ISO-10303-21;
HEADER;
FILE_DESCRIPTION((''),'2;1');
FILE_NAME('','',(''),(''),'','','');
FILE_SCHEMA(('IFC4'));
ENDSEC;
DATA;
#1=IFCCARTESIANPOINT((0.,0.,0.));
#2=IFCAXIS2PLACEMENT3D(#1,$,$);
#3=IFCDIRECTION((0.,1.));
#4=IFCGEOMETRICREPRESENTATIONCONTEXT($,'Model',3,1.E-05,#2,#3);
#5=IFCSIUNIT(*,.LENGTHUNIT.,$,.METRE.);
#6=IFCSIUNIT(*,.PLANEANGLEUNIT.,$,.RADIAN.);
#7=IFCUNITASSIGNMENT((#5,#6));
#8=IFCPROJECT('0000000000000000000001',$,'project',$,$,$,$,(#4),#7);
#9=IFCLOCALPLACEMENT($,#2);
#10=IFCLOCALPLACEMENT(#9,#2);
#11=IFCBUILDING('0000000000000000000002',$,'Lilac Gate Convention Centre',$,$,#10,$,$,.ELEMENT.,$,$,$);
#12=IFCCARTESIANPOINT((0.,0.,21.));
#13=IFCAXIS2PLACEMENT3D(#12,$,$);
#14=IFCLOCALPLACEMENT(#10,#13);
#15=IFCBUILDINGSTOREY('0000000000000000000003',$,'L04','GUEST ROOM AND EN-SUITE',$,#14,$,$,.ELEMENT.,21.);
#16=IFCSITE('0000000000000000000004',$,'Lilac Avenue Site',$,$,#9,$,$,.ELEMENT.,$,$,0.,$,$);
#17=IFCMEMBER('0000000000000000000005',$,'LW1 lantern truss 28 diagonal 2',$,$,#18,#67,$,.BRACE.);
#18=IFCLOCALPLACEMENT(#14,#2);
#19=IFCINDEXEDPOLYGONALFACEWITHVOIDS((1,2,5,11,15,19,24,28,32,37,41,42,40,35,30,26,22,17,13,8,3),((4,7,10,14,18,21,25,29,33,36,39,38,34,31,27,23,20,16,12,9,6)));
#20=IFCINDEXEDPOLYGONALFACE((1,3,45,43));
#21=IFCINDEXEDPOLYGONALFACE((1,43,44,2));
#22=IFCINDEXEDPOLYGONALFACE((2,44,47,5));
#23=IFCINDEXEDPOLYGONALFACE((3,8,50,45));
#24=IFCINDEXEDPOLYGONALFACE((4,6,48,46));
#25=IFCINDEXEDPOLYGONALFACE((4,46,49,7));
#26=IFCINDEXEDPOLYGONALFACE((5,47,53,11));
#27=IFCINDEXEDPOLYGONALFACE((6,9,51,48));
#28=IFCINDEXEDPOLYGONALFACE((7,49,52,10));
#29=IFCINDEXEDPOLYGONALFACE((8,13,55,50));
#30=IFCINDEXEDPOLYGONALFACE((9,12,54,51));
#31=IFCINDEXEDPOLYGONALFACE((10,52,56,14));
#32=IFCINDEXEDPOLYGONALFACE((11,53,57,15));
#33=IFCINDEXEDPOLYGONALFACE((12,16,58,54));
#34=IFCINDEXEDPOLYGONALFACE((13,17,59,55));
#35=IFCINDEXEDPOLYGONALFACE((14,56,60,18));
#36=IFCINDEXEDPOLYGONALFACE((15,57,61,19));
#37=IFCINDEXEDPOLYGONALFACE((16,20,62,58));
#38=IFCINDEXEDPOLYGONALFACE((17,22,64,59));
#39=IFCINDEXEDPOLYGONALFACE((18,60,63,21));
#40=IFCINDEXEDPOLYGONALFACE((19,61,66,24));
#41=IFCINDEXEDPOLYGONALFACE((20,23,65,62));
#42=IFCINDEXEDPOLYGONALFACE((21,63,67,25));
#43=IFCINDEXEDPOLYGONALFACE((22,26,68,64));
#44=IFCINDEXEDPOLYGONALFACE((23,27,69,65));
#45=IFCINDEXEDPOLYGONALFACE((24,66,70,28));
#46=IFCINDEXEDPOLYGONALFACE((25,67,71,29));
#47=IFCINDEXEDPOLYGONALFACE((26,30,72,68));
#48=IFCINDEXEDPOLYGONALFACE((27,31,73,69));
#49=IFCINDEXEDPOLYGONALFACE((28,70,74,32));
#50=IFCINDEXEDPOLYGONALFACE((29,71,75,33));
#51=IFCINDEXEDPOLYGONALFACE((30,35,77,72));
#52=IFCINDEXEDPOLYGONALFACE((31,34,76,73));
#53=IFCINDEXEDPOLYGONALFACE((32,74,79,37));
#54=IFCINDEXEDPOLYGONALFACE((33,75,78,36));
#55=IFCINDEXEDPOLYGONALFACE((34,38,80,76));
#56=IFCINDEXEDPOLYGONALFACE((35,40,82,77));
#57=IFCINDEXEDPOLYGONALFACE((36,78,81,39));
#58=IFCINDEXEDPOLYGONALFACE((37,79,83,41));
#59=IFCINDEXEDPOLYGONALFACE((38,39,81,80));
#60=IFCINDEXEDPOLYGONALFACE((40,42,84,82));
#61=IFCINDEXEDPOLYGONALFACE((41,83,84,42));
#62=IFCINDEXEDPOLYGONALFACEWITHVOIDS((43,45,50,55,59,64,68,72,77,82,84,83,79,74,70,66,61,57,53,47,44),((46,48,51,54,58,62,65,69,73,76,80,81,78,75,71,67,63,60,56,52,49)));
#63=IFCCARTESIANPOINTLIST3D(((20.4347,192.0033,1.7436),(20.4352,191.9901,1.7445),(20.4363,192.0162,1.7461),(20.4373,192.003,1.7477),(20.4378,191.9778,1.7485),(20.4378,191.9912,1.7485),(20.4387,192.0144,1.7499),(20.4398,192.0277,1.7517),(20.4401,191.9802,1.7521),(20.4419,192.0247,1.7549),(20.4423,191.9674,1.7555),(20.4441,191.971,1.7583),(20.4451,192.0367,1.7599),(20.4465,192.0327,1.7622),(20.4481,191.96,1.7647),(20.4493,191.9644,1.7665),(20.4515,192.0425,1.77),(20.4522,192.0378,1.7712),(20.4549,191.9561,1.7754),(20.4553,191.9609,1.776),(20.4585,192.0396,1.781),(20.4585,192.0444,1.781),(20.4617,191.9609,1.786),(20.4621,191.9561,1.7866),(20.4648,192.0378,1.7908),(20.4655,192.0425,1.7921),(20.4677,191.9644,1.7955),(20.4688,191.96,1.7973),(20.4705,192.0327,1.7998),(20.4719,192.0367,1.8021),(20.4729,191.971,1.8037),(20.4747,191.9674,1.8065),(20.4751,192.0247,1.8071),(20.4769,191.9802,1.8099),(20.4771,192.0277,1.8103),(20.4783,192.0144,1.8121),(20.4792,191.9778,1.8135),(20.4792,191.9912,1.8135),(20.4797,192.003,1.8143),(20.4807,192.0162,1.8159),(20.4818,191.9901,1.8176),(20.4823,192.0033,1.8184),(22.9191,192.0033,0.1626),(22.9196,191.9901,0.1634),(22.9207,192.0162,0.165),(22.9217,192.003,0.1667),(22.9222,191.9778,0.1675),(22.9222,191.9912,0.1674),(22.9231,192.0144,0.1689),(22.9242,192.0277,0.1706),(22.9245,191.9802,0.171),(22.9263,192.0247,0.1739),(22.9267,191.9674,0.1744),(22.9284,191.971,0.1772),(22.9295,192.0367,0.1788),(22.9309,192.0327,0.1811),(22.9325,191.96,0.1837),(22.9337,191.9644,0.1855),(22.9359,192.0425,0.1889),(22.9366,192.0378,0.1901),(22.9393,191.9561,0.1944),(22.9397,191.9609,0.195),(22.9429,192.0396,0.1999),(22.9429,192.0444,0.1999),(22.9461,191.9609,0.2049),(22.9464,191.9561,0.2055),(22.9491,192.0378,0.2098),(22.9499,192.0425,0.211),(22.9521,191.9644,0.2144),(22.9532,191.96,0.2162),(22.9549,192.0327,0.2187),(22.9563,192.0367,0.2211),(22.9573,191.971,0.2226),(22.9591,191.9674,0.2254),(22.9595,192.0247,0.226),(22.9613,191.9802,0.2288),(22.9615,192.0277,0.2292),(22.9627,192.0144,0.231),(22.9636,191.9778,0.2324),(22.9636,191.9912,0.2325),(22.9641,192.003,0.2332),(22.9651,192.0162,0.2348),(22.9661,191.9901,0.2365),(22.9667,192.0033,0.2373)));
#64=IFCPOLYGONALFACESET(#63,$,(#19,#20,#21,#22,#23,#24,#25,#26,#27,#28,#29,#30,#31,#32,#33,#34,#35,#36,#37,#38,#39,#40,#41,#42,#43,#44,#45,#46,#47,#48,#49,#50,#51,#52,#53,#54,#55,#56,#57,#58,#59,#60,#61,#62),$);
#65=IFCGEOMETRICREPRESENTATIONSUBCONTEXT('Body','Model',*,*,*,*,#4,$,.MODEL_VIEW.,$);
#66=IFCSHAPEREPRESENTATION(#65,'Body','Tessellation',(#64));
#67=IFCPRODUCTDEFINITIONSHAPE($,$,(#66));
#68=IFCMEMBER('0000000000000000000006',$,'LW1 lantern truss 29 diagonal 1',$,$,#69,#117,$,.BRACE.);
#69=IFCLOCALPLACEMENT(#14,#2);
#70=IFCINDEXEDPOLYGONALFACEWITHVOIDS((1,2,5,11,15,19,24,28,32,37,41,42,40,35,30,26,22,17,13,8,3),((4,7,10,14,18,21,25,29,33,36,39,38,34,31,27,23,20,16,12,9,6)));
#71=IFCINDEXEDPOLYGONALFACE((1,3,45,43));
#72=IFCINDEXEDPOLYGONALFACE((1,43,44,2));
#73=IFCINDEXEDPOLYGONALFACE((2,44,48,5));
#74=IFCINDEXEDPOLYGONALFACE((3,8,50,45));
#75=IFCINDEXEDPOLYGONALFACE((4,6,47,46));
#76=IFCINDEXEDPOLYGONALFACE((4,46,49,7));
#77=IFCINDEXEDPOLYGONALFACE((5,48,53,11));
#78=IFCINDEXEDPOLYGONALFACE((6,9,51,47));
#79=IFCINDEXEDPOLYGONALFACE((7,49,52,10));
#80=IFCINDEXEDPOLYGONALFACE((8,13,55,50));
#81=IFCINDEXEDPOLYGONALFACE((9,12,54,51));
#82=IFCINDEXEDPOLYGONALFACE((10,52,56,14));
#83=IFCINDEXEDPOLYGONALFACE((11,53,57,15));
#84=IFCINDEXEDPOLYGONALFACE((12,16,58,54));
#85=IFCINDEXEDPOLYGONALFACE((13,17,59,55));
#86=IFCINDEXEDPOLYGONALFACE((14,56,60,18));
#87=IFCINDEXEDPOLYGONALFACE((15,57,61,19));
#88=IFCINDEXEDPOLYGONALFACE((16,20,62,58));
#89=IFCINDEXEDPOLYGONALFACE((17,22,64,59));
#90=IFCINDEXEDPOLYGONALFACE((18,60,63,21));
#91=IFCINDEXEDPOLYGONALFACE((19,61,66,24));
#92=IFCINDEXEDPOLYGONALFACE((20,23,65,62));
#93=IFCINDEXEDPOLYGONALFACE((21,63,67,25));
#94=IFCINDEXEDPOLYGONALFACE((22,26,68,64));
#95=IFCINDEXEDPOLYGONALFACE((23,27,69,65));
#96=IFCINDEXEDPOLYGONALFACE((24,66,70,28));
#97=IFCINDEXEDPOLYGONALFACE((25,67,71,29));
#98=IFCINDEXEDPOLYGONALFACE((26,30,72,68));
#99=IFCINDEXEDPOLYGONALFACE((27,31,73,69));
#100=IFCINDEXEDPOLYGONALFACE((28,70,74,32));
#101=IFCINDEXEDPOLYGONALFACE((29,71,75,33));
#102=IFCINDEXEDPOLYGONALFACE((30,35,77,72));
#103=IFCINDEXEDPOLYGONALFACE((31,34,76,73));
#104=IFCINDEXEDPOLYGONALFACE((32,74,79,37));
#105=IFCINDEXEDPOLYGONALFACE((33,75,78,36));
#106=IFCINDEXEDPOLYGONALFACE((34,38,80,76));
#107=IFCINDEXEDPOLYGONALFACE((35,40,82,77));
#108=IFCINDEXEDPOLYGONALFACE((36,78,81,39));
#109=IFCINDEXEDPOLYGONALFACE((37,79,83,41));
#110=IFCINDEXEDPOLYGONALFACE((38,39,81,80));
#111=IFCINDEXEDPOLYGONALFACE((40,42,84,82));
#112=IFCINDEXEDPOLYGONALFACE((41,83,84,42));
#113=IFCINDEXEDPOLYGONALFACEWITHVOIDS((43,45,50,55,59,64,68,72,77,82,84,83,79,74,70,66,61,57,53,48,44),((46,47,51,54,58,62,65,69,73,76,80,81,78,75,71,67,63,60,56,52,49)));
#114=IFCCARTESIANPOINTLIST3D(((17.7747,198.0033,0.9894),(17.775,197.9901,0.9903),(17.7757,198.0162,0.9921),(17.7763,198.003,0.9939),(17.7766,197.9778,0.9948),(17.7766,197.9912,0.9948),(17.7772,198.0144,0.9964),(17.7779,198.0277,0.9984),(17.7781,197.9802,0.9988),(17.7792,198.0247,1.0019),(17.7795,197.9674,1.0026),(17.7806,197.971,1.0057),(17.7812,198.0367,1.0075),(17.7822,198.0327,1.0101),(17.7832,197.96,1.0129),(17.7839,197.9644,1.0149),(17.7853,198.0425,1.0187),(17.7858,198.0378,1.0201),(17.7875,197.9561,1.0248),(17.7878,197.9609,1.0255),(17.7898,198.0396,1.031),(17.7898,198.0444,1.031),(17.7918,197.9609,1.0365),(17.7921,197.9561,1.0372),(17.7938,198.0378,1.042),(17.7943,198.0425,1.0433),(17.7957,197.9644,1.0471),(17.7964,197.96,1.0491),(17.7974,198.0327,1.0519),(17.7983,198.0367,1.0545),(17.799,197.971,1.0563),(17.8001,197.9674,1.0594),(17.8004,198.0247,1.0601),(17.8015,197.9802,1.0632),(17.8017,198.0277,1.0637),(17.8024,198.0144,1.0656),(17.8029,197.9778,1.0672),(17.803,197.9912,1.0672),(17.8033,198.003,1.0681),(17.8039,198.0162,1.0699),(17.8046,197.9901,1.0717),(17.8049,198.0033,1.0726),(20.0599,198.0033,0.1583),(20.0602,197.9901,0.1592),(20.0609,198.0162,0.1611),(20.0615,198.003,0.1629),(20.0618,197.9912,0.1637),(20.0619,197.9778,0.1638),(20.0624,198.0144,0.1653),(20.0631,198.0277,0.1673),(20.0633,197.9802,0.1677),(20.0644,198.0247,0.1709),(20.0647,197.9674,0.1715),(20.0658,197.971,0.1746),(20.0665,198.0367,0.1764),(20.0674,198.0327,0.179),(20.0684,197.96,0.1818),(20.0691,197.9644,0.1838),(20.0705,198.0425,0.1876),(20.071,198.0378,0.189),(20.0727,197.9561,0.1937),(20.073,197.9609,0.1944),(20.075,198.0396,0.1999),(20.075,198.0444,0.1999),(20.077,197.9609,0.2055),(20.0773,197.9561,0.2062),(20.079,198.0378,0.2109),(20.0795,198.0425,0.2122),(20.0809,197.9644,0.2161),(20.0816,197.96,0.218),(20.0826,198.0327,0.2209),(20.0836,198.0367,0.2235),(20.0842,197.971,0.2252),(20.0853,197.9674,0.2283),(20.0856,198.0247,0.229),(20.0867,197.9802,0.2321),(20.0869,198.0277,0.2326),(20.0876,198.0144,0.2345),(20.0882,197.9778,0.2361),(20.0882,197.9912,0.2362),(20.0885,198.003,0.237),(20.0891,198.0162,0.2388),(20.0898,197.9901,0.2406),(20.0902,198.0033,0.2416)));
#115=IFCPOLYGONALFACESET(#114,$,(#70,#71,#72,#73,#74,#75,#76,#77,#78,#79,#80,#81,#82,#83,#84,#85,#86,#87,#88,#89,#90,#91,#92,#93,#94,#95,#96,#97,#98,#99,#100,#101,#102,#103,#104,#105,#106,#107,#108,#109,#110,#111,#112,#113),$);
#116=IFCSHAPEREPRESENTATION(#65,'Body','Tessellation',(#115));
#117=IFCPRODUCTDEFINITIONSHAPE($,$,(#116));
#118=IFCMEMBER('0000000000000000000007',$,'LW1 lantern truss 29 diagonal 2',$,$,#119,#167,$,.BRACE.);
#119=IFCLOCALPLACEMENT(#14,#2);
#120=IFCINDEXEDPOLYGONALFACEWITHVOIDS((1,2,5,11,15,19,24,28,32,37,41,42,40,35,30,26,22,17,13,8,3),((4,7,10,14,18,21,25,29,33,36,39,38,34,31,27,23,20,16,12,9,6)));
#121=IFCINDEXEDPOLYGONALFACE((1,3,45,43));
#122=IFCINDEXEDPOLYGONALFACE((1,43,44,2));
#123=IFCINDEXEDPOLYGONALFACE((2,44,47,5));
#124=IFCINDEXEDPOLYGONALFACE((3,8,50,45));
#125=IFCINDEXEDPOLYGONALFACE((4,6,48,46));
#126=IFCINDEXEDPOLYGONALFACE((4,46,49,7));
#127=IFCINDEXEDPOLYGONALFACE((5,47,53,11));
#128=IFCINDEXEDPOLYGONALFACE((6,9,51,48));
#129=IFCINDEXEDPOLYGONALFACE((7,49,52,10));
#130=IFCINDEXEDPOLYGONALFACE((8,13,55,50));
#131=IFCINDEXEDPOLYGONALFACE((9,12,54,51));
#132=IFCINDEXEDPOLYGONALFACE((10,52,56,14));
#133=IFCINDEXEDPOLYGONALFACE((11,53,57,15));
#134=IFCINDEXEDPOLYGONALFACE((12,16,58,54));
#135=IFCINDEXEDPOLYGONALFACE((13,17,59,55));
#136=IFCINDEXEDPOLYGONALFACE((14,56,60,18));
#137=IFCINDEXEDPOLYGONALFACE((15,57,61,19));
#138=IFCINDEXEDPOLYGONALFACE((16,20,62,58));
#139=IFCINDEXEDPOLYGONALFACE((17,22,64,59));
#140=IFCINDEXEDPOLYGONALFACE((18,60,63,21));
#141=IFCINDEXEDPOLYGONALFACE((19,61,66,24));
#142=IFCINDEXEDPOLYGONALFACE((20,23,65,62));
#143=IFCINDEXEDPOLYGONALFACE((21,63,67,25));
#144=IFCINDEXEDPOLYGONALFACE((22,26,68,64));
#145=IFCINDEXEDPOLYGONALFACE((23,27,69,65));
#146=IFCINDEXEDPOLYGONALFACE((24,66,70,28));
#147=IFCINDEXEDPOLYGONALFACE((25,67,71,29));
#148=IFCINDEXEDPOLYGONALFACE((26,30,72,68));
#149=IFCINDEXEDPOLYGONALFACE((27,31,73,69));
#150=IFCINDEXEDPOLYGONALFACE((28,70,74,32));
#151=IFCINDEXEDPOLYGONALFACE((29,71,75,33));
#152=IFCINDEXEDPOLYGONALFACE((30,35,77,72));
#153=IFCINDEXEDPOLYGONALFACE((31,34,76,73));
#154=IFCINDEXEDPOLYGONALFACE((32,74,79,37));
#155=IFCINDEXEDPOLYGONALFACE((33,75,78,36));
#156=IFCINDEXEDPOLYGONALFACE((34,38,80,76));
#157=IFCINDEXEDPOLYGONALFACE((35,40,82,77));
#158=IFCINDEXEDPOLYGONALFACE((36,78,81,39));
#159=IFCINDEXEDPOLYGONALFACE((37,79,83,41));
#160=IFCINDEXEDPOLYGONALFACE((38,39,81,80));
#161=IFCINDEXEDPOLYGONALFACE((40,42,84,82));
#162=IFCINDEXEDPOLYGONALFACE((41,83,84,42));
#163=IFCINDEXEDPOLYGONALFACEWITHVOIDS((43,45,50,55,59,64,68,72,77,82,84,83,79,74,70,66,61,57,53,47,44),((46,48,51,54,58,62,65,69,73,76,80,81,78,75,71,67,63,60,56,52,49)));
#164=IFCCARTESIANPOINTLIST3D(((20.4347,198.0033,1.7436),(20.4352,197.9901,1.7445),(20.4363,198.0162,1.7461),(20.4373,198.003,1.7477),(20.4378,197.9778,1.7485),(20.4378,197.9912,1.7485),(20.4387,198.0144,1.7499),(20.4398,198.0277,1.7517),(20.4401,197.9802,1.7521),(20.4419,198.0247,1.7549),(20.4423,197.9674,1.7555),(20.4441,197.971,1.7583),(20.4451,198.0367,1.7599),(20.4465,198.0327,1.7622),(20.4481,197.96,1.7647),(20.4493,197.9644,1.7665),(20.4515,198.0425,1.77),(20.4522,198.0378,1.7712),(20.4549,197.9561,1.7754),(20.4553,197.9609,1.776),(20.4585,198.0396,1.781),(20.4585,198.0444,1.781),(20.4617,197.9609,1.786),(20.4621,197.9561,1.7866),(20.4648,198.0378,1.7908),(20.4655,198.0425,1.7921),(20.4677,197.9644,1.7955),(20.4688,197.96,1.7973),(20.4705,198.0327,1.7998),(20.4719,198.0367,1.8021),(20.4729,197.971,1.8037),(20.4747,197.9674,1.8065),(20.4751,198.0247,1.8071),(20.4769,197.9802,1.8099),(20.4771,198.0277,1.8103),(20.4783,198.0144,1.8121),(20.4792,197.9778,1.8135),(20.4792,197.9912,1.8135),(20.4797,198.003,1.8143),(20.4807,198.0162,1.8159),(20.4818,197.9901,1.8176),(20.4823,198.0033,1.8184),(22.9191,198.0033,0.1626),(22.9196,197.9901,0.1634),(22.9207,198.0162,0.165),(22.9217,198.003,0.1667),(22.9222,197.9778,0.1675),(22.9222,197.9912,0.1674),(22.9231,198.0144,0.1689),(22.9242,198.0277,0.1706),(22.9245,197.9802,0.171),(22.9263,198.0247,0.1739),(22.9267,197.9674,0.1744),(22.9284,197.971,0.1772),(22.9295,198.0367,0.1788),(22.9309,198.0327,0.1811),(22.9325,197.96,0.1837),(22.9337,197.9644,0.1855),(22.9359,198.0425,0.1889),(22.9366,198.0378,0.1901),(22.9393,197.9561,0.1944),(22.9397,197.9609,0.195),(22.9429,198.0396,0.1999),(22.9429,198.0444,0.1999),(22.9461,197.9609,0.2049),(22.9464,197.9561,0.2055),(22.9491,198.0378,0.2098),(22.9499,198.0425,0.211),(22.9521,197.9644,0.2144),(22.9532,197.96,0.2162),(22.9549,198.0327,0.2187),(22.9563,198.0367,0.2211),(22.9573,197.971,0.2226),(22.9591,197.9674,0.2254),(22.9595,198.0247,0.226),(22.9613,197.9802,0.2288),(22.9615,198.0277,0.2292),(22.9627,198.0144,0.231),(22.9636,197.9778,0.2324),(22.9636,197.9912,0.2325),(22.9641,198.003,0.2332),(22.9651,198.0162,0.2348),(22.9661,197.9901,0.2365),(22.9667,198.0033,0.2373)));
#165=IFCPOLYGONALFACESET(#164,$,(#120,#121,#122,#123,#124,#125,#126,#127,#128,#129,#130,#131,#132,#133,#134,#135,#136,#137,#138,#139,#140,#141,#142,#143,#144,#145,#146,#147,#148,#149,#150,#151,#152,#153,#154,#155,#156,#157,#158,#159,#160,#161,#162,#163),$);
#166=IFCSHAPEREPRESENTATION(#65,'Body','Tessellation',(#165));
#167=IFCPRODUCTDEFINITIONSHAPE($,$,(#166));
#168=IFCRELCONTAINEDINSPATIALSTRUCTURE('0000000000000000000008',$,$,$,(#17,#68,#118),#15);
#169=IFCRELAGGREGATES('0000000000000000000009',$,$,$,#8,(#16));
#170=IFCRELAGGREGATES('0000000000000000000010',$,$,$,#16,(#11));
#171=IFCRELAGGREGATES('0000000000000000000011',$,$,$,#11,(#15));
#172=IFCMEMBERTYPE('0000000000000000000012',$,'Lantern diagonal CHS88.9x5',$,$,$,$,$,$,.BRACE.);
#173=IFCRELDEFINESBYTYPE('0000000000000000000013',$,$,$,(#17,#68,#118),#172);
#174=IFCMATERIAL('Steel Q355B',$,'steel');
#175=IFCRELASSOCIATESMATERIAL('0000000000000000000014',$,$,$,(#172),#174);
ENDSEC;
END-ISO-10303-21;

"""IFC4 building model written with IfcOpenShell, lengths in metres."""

from ifc_helpers import new_model, si_unit, direction, frame, origin, origin_2d, place, context, subcontext, project, spatial, hollow_circle, extrude, material, material_profile, profile_set, type_object, element, save


model = new_model("IFC4")

# Units and contexts
model_context = context("Model", 3, precision=1e-05, world=origin(), true_north=direction((0.0, 1.0)))
body_context = subcontext(model_context, "Body", "Model", "MODEL_VIEW")
ifc_project = project(units=[si_unit("LENGTHUNIT", "METRE"), si_unit("PLANEANGLEUNIT", "RADIAN")], contexts=[model_context])

# Site, building, storey
site_placement = place(None, origin())
site = spatial("IfcSite", under=ifc_project, at=site_placement, Name="Lilac Avenue Site", CompositionType="ELEMENT", RefElevation=0.0)
building_placement = place(site_placement, origin())
building = spatial("IfcBuilding", under=site, at=building_placement, Name="Lilac Gate Convention Centre", CompositionType="ELEMENT")
storey_placement = place(building_placement, frame((0.0, 0.0, 21.0)))
storey = spatial("IfcBuildingStorey", under=building, at=storey_placement, Name="L04", Description="GUEST ROOM AND EN-SUITE", CompositionType="ELEMENT", Elevation=21.0)

# Members
ifc_material_1 = material(Name="Steel Q355B", Category="steel")
ifc_material_profile_1 = material_profile(ifc_material_1, hollow_circle(Radius=0.0444, WallThickness=0.0049, at=origin_2d()), Name="CHS88.9x5")
ifc_profile_set_1 = profile_set([ifc_material_profile_1], Name="Steel Q355B")
member_type_1 = type_object("IfcMemberType", Name="Lantern diagonal CHS88.9x5", PredefinedType="BRACE", material=ifc_profile_set_1)
member_1_placement = place(storey_placement, frame((20.4585, 192.0, 1.781), z_axis=(0.843648, 0.0, -0.536897), x_axis=(0.0, 1.0, 0.0)))
element("IfcMember", 1, at=member_1_placement, inside=storey, type_object=member_type_1, Name="LW1 lantern truss 28 diagonal 2", PredefinedType="BRACE", context=body_context, shape_type="SweptSolid", body=[
    extrude(hollow_circle(Radius=0.0444, WallThickness=0.0049, at=origin_2d()), origin(), (0.0, 0.0, 1.0), 2.9448),
])
member_2_placement = place(storey_placement, frame((17.7898, 198.0, 1.031), z_axis=(0.939782, 0.0, -0.341775), x_axis=(0.0, 1.0, 0.0)))
element("IfcMember", 2, at=member_2_placement, inside=storey, type_object=member_type_1, Name="LW1 lantern truss 29 diagonal 1", PredefinedType="BRACE", context=body_context, shape_type="SweptSolid", body=[
    extrude(hollow_circle(Radius=0.0444, WallThickness=0.0049, at=origin_2d()), origin(), (0.0, 0.0, 1.0), 2.4316),
])
member_3_placement = place(storey_placement, frame((20.4585, 198.0, 1.781), z_axis=(0.843648, 0.0, -0.536897), x_axis=(0.0, 1.0, 0.0)))
element("IfcMember", 3, at=member_3_placement, inside=storey, type_object=member_type_1, Name="LW1 lantern truss 29 diagonal 2", PredefinedType="BRACE", context=body_context, shape_type="SweptSolid", body=[
    extrude(hollow_circle(Radius=0.0444, WallThickness=0.0049, at=origin_2d()), origin(), (0.0, 0.0, 1.0), 2.9448),
])

save(model, "model.ifc")
